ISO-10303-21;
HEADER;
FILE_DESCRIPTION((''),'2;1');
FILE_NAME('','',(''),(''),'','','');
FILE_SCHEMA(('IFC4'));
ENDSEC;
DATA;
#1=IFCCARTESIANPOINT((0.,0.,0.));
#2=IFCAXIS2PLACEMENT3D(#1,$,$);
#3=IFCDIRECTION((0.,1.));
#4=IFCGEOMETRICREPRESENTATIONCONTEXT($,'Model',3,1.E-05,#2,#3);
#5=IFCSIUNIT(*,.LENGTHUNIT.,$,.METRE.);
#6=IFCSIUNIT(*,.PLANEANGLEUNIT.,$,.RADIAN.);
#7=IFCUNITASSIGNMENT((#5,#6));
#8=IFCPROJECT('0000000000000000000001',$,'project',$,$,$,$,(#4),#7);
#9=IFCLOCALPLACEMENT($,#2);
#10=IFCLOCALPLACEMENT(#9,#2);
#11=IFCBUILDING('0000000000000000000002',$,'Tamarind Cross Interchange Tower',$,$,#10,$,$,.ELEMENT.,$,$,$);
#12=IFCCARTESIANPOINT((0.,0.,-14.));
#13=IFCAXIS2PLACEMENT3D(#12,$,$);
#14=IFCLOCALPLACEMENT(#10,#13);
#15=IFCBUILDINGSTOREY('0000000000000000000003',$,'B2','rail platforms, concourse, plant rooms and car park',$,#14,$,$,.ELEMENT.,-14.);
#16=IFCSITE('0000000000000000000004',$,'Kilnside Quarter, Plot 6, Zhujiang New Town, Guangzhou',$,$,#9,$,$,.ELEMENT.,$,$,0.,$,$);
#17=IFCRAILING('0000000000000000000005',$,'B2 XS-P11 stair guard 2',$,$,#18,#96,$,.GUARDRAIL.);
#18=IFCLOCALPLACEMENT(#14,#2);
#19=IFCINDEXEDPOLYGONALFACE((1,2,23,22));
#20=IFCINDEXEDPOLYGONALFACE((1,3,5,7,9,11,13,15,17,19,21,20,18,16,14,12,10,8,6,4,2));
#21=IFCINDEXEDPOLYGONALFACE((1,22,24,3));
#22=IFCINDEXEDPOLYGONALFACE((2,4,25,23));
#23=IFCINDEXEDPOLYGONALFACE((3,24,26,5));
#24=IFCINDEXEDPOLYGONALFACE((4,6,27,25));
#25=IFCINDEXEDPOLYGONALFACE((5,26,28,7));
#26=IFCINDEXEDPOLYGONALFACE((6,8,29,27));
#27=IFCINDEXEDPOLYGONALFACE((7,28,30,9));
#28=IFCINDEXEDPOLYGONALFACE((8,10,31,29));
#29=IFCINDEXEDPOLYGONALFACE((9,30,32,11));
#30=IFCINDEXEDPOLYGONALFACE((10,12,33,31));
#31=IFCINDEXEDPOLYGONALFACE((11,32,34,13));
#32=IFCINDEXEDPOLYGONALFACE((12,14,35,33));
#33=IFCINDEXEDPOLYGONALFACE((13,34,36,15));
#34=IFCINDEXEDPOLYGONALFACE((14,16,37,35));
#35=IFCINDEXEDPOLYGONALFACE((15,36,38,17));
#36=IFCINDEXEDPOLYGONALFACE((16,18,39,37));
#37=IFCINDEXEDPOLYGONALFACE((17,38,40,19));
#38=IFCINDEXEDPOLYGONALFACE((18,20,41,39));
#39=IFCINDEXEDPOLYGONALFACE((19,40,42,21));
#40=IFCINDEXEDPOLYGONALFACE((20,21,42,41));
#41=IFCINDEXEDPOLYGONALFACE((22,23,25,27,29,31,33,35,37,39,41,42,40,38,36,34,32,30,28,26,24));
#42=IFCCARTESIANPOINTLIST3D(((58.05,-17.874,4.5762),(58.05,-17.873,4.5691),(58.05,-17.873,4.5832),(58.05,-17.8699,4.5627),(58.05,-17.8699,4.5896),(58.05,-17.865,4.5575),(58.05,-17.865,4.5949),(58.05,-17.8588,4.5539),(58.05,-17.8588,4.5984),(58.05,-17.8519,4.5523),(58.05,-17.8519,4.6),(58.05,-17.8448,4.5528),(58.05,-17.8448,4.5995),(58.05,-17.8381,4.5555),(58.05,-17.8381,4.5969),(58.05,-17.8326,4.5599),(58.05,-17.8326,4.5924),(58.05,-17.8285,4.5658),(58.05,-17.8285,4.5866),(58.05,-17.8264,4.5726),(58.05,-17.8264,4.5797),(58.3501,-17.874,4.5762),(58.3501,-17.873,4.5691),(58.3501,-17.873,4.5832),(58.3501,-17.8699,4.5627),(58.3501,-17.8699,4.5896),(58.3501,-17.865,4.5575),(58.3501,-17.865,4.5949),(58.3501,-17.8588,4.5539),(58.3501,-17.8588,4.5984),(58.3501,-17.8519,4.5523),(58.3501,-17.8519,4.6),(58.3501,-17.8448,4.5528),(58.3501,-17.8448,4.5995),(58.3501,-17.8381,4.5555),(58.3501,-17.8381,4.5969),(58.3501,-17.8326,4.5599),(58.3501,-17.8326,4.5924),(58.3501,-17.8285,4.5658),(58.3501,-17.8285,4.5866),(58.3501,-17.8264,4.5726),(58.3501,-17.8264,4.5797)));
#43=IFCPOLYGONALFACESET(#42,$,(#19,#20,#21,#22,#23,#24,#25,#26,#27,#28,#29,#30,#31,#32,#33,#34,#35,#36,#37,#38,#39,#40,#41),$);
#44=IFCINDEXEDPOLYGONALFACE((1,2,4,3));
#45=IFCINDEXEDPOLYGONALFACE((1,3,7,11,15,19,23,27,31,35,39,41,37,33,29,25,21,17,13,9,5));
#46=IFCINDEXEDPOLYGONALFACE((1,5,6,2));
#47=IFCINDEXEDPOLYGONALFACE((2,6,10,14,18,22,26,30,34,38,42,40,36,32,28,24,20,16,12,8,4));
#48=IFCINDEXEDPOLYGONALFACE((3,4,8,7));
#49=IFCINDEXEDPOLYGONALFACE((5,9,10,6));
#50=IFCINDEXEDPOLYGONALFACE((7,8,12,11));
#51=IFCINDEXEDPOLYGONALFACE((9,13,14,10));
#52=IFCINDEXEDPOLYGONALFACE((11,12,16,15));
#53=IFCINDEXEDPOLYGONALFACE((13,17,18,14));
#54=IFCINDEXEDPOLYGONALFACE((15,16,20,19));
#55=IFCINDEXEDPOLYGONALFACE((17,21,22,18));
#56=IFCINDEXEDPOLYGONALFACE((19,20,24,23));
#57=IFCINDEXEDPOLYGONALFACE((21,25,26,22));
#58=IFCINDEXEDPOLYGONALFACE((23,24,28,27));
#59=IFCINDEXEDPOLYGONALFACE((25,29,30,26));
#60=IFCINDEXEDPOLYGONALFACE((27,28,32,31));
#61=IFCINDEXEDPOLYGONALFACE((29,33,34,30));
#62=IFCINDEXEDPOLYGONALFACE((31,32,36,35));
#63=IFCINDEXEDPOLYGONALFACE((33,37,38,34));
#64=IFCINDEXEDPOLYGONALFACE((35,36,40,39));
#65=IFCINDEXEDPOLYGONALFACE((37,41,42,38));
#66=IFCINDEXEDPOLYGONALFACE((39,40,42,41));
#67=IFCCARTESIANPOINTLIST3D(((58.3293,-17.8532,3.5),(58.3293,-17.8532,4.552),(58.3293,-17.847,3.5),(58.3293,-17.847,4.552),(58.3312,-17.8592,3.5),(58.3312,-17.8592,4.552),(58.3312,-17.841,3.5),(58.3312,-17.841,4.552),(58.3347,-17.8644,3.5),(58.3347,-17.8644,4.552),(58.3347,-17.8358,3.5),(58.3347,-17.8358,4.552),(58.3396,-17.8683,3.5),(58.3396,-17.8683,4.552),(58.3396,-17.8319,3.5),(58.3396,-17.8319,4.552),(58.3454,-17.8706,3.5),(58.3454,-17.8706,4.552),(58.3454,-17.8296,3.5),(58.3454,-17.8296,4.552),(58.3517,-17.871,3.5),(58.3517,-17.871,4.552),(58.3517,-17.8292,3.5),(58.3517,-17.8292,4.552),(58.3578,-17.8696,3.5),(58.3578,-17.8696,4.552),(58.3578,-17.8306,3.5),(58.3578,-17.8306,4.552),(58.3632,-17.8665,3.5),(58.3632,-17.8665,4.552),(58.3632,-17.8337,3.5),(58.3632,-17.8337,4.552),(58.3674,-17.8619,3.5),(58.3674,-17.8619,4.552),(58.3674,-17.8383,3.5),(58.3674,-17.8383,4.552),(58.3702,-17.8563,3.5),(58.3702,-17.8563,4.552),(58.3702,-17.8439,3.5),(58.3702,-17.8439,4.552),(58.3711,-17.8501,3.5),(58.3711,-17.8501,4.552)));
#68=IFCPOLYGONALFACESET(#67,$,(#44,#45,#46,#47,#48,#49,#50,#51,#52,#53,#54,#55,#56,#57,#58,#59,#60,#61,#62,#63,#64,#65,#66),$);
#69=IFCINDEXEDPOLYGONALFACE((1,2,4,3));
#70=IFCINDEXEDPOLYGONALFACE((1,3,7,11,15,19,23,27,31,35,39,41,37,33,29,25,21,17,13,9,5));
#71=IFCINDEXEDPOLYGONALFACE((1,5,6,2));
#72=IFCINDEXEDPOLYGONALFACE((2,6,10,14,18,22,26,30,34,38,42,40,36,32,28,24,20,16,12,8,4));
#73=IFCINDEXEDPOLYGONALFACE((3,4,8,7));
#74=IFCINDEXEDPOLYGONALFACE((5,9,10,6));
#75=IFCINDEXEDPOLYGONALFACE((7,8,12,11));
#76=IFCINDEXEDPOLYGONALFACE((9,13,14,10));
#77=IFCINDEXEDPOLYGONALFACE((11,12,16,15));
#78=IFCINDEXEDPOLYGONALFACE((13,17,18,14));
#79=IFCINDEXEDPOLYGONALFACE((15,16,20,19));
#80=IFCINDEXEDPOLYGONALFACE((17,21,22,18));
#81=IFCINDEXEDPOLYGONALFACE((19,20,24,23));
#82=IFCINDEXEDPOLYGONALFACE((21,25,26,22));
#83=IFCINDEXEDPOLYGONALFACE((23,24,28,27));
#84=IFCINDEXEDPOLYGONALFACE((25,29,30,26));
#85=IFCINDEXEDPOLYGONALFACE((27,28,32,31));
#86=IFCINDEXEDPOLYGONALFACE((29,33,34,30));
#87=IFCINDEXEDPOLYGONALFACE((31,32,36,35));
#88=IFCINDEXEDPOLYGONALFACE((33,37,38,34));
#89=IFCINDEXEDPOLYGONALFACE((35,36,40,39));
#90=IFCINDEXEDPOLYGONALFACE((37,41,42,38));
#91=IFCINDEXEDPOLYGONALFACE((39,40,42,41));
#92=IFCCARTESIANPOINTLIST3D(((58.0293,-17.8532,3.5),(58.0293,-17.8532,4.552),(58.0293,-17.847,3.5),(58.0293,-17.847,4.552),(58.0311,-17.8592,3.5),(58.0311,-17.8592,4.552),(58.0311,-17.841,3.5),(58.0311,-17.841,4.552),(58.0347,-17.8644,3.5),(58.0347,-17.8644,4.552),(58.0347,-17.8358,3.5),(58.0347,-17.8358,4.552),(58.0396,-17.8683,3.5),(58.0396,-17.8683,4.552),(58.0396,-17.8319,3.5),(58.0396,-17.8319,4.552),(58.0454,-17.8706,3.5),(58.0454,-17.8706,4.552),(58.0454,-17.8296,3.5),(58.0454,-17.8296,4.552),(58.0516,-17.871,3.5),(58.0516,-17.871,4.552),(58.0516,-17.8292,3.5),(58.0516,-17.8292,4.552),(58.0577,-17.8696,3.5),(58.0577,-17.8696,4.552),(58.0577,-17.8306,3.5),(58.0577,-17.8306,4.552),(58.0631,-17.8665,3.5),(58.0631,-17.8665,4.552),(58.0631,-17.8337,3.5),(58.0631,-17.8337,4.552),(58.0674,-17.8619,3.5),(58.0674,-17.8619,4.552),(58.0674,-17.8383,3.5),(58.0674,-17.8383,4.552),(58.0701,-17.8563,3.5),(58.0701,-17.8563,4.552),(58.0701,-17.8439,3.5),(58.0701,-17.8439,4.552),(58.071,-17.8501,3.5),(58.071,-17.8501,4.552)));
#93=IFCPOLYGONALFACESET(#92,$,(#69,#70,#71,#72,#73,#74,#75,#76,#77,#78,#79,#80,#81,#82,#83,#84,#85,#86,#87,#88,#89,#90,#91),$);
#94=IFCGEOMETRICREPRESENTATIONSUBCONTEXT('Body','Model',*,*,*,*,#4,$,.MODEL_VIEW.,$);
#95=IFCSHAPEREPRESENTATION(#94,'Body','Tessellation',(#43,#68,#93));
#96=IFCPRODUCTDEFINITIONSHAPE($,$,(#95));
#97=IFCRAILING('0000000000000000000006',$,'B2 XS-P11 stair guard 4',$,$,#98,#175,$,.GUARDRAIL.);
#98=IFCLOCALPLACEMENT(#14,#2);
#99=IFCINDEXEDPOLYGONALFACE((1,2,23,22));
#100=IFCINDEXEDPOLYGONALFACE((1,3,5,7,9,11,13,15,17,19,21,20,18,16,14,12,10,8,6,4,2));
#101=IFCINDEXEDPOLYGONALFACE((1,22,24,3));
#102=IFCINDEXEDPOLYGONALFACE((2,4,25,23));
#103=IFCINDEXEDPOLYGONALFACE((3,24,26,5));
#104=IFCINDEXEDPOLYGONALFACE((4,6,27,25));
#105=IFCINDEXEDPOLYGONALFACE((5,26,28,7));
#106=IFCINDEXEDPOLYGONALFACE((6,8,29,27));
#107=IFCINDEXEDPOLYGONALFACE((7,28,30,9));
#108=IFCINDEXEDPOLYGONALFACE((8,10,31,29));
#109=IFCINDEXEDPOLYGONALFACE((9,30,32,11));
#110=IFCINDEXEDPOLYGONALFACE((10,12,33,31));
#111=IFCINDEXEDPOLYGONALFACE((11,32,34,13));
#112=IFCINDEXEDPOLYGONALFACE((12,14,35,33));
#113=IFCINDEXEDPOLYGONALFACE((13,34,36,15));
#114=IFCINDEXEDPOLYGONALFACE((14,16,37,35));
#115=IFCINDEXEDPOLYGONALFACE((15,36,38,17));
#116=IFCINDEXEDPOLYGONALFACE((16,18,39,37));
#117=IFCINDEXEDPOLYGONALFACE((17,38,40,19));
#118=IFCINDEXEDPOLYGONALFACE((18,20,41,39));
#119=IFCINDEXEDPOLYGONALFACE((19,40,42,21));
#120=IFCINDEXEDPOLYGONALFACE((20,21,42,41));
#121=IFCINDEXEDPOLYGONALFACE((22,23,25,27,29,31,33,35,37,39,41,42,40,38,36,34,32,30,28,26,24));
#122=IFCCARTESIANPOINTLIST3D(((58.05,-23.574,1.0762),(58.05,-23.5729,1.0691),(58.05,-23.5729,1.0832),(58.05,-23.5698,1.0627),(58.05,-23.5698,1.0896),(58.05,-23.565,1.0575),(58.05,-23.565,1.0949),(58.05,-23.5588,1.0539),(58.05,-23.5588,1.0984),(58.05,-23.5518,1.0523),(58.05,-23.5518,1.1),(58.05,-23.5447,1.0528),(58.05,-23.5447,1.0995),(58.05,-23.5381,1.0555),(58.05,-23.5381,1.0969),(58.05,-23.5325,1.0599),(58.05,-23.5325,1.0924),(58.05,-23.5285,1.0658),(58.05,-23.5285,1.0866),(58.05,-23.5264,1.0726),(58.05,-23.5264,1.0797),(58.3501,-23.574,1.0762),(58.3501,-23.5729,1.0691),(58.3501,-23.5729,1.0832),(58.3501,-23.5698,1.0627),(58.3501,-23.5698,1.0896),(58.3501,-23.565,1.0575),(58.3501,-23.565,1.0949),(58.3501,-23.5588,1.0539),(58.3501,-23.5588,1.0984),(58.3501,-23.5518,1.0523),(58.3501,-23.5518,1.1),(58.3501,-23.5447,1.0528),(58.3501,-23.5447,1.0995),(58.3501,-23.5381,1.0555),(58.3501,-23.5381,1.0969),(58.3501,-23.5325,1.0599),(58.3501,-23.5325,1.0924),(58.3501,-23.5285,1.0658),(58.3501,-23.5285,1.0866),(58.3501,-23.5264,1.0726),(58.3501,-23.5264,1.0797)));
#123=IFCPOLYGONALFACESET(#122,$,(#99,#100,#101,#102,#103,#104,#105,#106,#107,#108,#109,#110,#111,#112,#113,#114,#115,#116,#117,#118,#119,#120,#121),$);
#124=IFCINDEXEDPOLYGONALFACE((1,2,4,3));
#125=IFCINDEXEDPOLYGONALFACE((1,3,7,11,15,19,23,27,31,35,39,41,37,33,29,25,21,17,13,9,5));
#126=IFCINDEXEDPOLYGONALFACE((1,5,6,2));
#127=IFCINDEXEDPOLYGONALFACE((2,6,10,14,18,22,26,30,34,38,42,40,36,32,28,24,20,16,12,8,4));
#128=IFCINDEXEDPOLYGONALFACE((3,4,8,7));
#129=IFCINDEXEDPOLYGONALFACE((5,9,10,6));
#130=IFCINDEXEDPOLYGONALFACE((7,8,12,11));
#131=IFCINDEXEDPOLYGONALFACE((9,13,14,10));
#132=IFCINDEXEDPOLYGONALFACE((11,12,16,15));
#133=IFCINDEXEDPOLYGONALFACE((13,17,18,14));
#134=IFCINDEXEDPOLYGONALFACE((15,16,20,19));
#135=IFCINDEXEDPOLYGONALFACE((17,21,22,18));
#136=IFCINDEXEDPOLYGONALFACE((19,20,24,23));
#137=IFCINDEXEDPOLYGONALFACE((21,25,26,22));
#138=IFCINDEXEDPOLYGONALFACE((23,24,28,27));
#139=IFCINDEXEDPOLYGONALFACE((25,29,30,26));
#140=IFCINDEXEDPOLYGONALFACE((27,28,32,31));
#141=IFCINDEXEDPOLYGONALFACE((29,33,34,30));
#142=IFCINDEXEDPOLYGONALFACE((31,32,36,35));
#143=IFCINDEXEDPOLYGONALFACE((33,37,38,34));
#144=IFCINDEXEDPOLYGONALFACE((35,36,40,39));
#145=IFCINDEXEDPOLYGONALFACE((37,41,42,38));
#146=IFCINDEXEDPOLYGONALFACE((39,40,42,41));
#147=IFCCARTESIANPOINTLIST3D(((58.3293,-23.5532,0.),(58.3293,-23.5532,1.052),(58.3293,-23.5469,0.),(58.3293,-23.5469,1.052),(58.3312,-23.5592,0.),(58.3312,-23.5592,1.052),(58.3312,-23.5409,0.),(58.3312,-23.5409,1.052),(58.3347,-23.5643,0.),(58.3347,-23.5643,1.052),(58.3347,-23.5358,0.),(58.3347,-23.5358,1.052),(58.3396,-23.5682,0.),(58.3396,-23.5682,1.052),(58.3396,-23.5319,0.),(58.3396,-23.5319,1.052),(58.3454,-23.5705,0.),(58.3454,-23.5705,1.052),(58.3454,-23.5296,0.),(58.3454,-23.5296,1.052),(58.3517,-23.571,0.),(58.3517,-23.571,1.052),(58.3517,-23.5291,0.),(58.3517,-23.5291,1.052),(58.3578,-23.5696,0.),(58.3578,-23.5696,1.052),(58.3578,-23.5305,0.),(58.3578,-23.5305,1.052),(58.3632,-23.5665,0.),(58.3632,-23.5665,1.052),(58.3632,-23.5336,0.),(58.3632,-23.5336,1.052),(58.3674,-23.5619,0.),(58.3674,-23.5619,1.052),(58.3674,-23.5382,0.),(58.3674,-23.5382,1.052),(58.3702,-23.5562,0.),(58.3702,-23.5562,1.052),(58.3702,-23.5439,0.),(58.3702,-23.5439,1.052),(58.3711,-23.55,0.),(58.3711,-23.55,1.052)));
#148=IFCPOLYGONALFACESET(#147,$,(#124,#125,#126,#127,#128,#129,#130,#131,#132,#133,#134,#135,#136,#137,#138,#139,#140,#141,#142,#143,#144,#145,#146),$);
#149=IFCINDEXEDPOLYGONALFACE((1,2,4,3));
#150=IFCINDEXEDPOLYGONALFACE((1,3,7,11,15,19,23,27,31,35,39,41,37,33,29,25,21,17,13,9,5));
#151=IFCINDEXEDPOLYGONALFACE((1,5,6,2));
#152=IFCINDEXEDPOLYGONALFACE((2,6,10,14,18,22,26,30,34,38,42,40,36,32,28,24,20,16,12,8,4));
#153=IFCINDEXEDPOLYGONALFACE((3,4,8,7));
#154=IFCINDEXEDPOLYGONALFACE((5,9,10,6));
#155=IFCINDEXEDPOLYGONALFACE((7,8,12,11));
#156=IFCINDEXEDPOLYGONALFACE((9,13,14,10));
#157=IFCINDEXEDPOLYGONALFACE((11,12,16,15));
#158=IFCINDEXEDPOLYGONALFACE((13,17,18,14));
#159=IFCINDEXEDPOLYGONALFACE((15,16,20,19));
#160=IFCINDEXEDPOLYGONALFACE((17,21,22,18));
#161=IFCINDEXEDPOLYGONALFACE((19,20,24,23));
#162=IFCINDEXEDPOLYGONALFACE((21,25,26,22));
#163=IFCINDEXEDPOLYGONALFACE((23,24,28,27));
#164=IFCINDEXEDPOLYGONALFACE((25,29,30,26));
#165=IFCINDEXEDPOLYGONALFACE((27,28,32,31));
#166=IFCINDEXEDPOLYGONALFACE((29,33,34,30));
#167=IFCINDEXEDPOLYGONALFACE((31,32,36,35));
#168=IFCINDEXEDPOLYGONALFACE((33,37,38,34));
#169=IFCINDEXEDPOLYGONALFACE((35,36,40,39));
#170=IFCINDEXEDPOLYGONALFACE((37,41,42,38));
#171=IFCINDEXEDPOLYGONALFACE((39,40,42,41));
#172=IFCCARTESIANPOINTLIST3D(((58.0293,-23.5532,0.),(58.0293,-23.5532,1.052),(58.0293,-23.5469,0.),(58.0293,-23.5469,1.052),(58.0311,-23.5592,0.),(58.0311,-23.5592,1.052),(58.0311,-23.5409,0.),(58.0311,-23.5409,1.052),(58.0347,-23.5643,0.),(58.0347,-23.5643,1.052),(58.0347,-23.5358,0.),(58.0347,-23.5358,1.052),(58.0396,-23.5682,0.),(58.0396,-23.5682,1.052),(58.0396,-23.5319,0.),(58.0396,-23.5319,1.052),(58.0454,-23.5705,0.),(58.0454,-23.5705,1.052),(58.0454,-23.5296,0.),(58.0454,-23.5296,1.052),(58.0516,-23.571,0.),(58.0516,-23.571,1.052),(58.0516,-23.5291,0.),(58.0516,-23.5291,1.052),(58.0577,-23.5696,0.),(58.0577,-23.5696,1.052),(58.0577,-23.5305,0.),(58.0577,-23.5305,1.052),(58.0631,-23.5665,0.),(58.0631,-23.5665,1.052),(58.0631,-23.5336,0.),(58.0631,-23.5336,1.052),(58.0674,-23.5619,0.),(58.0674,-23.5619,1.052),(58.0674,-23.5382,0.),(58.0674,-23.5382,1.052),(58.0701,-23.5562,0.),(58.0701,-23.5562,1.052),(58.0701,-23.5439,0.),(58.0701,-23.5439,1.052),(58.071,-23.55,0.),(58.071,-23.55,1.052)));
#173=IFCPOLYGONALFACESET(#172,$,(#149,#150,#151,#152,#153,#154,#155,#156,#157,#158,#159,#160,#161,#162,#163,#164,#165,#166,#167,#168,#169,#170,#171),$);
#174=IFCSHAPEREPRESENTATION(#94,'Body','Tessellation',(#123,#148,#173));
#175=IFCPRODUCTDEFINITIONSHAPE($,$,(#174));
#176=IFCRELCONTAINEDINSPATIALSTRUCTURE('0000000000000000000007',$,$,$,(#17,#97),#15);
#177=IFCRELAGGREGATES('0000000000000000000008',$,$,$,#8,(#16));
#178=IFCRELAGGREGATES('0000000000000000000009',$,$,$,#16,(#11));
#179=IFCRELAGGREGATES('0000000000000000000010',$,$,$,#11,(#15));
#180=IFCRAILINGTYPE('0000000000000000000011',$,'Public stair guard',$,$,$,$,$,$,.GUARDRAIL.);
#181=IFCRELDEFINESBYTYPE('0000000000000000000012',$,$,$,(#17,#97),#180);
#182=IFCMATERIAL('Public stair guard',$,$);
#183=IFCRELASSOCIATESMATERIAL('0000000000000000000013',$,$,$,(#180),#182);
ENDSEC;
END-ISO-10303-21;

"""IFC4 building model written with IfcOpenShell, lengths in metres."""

from ifc_helpers import new_model, si_unit, direction, frame, origin, origin_2d, place, context, subcontext, project, spatial, circle, extrude, material, type_object, element, save


model = new_model("IFC4")

# Units and contexts
model_context = context("Model", 3, precision=1e-05, world=origin(), true_north=direction((0.0, 1.0)))
body_context = subcontext(model_context, "Body", "Model", "MODEL_VIEW")
ifc_project = project(units=[si_unit("LENGTHUNIT", "METRE"), si_unit("PLANEANGLEUNIT", "RADIAN")], contexts=[model_context])

# Site, building, storey
site_placement = place(None, origin())
site = spatial("IfcSite", under=ifc_project, at=site_placement, Name="Kilnside Quarter, Plot 6, Zhujiang New Town, Guangzhou", CompositionType="ELEMENT", RefElevation=0.0)
building_placement = place(site_placement, origin())
building = spatial("IfcBuilding", under=site, at=building_placement, Name="Tamarind Cross Interchange Tower", CompositionType="ELEMENT")
storey_placement = place(building_placement, frame((0.0, 0.0, -14.0)))
storey = spatial("IfcBuildingStorey", under=building, at=storey_placement, Name="B2", Description="rail platforms, concourse, plant rooms and car park", CompositionType="ELEMENT", Elevation=-14.0)

# Railings
ifc_material_1 = material(Name="Public stair guard")
railing_type_1 = type_object("IfcRailingType", Name="Public stair guard", PredefinedType="GUARDRAIL", material=ifc_material_1)
railing_1_placement = place(storey_placement, frame((58.3501, -17.8501, 3.5)))
element("IfcRailing", 1, at=railing_1_placement, inside=storey, type_object=railing_type_1, Name="B2 XS-P11 stair guard 2", PredefinedType="GUARDRAIL", context=body_context, shape_type="SweptSolid", body=[
    extrude(circle(Radius=0.0239, at=origin_2d()), frame((0.0, 0.0, 1.0762), z_axis=(-1.0, 0.0, 0.0), x_axis=(0.0, -1.0, 0.0)), (0.0, 0.0, 1.0), 0.3),
    extrude(circle(Radius=0.021, at=origin_2d()), origin(), (0.0, 0.0, 1.0), 1.052),
    extrude(circle(Radius=0.021, at=origin_2d()), frame((-0.3, 0.0, 0.0)), (0.0, 0.0, 1.0), 1.052),
])
railing_2_placement = place(storey_placement, frame((58.3501, -23.55, 0.0)))
element("IfcRailing", 2, at=railing_2_placement, inside=storey, type_object=railing_type_1, Name="B2 XS-P11 stair guard 4", PredefinedType="GUARDRAIL", context=body_context, shape_type="SweptSolid", body=[
    extrude(circle(Radius=0.0239, at=origin_2d()), frame((0.0, 0.0, 1.0762), z_axis=(-1.0, 0.0, 0.0), x_axis=(0.0, -1.0, 0.0)), (0.0, 0.0, 1.0), 0.3),
    extrude(circle(Radius=0.021, at=origin_2d()), origin(), (0.0, 0.0, 1.0), 1.052),
    extrude(circle(Radius=0.021, at=origin_2d()), frame((-0.3, 0.0, 0.0)), (0.0, 0.0, 1.0), 1.052),
])

save(model, "model.ifc")
